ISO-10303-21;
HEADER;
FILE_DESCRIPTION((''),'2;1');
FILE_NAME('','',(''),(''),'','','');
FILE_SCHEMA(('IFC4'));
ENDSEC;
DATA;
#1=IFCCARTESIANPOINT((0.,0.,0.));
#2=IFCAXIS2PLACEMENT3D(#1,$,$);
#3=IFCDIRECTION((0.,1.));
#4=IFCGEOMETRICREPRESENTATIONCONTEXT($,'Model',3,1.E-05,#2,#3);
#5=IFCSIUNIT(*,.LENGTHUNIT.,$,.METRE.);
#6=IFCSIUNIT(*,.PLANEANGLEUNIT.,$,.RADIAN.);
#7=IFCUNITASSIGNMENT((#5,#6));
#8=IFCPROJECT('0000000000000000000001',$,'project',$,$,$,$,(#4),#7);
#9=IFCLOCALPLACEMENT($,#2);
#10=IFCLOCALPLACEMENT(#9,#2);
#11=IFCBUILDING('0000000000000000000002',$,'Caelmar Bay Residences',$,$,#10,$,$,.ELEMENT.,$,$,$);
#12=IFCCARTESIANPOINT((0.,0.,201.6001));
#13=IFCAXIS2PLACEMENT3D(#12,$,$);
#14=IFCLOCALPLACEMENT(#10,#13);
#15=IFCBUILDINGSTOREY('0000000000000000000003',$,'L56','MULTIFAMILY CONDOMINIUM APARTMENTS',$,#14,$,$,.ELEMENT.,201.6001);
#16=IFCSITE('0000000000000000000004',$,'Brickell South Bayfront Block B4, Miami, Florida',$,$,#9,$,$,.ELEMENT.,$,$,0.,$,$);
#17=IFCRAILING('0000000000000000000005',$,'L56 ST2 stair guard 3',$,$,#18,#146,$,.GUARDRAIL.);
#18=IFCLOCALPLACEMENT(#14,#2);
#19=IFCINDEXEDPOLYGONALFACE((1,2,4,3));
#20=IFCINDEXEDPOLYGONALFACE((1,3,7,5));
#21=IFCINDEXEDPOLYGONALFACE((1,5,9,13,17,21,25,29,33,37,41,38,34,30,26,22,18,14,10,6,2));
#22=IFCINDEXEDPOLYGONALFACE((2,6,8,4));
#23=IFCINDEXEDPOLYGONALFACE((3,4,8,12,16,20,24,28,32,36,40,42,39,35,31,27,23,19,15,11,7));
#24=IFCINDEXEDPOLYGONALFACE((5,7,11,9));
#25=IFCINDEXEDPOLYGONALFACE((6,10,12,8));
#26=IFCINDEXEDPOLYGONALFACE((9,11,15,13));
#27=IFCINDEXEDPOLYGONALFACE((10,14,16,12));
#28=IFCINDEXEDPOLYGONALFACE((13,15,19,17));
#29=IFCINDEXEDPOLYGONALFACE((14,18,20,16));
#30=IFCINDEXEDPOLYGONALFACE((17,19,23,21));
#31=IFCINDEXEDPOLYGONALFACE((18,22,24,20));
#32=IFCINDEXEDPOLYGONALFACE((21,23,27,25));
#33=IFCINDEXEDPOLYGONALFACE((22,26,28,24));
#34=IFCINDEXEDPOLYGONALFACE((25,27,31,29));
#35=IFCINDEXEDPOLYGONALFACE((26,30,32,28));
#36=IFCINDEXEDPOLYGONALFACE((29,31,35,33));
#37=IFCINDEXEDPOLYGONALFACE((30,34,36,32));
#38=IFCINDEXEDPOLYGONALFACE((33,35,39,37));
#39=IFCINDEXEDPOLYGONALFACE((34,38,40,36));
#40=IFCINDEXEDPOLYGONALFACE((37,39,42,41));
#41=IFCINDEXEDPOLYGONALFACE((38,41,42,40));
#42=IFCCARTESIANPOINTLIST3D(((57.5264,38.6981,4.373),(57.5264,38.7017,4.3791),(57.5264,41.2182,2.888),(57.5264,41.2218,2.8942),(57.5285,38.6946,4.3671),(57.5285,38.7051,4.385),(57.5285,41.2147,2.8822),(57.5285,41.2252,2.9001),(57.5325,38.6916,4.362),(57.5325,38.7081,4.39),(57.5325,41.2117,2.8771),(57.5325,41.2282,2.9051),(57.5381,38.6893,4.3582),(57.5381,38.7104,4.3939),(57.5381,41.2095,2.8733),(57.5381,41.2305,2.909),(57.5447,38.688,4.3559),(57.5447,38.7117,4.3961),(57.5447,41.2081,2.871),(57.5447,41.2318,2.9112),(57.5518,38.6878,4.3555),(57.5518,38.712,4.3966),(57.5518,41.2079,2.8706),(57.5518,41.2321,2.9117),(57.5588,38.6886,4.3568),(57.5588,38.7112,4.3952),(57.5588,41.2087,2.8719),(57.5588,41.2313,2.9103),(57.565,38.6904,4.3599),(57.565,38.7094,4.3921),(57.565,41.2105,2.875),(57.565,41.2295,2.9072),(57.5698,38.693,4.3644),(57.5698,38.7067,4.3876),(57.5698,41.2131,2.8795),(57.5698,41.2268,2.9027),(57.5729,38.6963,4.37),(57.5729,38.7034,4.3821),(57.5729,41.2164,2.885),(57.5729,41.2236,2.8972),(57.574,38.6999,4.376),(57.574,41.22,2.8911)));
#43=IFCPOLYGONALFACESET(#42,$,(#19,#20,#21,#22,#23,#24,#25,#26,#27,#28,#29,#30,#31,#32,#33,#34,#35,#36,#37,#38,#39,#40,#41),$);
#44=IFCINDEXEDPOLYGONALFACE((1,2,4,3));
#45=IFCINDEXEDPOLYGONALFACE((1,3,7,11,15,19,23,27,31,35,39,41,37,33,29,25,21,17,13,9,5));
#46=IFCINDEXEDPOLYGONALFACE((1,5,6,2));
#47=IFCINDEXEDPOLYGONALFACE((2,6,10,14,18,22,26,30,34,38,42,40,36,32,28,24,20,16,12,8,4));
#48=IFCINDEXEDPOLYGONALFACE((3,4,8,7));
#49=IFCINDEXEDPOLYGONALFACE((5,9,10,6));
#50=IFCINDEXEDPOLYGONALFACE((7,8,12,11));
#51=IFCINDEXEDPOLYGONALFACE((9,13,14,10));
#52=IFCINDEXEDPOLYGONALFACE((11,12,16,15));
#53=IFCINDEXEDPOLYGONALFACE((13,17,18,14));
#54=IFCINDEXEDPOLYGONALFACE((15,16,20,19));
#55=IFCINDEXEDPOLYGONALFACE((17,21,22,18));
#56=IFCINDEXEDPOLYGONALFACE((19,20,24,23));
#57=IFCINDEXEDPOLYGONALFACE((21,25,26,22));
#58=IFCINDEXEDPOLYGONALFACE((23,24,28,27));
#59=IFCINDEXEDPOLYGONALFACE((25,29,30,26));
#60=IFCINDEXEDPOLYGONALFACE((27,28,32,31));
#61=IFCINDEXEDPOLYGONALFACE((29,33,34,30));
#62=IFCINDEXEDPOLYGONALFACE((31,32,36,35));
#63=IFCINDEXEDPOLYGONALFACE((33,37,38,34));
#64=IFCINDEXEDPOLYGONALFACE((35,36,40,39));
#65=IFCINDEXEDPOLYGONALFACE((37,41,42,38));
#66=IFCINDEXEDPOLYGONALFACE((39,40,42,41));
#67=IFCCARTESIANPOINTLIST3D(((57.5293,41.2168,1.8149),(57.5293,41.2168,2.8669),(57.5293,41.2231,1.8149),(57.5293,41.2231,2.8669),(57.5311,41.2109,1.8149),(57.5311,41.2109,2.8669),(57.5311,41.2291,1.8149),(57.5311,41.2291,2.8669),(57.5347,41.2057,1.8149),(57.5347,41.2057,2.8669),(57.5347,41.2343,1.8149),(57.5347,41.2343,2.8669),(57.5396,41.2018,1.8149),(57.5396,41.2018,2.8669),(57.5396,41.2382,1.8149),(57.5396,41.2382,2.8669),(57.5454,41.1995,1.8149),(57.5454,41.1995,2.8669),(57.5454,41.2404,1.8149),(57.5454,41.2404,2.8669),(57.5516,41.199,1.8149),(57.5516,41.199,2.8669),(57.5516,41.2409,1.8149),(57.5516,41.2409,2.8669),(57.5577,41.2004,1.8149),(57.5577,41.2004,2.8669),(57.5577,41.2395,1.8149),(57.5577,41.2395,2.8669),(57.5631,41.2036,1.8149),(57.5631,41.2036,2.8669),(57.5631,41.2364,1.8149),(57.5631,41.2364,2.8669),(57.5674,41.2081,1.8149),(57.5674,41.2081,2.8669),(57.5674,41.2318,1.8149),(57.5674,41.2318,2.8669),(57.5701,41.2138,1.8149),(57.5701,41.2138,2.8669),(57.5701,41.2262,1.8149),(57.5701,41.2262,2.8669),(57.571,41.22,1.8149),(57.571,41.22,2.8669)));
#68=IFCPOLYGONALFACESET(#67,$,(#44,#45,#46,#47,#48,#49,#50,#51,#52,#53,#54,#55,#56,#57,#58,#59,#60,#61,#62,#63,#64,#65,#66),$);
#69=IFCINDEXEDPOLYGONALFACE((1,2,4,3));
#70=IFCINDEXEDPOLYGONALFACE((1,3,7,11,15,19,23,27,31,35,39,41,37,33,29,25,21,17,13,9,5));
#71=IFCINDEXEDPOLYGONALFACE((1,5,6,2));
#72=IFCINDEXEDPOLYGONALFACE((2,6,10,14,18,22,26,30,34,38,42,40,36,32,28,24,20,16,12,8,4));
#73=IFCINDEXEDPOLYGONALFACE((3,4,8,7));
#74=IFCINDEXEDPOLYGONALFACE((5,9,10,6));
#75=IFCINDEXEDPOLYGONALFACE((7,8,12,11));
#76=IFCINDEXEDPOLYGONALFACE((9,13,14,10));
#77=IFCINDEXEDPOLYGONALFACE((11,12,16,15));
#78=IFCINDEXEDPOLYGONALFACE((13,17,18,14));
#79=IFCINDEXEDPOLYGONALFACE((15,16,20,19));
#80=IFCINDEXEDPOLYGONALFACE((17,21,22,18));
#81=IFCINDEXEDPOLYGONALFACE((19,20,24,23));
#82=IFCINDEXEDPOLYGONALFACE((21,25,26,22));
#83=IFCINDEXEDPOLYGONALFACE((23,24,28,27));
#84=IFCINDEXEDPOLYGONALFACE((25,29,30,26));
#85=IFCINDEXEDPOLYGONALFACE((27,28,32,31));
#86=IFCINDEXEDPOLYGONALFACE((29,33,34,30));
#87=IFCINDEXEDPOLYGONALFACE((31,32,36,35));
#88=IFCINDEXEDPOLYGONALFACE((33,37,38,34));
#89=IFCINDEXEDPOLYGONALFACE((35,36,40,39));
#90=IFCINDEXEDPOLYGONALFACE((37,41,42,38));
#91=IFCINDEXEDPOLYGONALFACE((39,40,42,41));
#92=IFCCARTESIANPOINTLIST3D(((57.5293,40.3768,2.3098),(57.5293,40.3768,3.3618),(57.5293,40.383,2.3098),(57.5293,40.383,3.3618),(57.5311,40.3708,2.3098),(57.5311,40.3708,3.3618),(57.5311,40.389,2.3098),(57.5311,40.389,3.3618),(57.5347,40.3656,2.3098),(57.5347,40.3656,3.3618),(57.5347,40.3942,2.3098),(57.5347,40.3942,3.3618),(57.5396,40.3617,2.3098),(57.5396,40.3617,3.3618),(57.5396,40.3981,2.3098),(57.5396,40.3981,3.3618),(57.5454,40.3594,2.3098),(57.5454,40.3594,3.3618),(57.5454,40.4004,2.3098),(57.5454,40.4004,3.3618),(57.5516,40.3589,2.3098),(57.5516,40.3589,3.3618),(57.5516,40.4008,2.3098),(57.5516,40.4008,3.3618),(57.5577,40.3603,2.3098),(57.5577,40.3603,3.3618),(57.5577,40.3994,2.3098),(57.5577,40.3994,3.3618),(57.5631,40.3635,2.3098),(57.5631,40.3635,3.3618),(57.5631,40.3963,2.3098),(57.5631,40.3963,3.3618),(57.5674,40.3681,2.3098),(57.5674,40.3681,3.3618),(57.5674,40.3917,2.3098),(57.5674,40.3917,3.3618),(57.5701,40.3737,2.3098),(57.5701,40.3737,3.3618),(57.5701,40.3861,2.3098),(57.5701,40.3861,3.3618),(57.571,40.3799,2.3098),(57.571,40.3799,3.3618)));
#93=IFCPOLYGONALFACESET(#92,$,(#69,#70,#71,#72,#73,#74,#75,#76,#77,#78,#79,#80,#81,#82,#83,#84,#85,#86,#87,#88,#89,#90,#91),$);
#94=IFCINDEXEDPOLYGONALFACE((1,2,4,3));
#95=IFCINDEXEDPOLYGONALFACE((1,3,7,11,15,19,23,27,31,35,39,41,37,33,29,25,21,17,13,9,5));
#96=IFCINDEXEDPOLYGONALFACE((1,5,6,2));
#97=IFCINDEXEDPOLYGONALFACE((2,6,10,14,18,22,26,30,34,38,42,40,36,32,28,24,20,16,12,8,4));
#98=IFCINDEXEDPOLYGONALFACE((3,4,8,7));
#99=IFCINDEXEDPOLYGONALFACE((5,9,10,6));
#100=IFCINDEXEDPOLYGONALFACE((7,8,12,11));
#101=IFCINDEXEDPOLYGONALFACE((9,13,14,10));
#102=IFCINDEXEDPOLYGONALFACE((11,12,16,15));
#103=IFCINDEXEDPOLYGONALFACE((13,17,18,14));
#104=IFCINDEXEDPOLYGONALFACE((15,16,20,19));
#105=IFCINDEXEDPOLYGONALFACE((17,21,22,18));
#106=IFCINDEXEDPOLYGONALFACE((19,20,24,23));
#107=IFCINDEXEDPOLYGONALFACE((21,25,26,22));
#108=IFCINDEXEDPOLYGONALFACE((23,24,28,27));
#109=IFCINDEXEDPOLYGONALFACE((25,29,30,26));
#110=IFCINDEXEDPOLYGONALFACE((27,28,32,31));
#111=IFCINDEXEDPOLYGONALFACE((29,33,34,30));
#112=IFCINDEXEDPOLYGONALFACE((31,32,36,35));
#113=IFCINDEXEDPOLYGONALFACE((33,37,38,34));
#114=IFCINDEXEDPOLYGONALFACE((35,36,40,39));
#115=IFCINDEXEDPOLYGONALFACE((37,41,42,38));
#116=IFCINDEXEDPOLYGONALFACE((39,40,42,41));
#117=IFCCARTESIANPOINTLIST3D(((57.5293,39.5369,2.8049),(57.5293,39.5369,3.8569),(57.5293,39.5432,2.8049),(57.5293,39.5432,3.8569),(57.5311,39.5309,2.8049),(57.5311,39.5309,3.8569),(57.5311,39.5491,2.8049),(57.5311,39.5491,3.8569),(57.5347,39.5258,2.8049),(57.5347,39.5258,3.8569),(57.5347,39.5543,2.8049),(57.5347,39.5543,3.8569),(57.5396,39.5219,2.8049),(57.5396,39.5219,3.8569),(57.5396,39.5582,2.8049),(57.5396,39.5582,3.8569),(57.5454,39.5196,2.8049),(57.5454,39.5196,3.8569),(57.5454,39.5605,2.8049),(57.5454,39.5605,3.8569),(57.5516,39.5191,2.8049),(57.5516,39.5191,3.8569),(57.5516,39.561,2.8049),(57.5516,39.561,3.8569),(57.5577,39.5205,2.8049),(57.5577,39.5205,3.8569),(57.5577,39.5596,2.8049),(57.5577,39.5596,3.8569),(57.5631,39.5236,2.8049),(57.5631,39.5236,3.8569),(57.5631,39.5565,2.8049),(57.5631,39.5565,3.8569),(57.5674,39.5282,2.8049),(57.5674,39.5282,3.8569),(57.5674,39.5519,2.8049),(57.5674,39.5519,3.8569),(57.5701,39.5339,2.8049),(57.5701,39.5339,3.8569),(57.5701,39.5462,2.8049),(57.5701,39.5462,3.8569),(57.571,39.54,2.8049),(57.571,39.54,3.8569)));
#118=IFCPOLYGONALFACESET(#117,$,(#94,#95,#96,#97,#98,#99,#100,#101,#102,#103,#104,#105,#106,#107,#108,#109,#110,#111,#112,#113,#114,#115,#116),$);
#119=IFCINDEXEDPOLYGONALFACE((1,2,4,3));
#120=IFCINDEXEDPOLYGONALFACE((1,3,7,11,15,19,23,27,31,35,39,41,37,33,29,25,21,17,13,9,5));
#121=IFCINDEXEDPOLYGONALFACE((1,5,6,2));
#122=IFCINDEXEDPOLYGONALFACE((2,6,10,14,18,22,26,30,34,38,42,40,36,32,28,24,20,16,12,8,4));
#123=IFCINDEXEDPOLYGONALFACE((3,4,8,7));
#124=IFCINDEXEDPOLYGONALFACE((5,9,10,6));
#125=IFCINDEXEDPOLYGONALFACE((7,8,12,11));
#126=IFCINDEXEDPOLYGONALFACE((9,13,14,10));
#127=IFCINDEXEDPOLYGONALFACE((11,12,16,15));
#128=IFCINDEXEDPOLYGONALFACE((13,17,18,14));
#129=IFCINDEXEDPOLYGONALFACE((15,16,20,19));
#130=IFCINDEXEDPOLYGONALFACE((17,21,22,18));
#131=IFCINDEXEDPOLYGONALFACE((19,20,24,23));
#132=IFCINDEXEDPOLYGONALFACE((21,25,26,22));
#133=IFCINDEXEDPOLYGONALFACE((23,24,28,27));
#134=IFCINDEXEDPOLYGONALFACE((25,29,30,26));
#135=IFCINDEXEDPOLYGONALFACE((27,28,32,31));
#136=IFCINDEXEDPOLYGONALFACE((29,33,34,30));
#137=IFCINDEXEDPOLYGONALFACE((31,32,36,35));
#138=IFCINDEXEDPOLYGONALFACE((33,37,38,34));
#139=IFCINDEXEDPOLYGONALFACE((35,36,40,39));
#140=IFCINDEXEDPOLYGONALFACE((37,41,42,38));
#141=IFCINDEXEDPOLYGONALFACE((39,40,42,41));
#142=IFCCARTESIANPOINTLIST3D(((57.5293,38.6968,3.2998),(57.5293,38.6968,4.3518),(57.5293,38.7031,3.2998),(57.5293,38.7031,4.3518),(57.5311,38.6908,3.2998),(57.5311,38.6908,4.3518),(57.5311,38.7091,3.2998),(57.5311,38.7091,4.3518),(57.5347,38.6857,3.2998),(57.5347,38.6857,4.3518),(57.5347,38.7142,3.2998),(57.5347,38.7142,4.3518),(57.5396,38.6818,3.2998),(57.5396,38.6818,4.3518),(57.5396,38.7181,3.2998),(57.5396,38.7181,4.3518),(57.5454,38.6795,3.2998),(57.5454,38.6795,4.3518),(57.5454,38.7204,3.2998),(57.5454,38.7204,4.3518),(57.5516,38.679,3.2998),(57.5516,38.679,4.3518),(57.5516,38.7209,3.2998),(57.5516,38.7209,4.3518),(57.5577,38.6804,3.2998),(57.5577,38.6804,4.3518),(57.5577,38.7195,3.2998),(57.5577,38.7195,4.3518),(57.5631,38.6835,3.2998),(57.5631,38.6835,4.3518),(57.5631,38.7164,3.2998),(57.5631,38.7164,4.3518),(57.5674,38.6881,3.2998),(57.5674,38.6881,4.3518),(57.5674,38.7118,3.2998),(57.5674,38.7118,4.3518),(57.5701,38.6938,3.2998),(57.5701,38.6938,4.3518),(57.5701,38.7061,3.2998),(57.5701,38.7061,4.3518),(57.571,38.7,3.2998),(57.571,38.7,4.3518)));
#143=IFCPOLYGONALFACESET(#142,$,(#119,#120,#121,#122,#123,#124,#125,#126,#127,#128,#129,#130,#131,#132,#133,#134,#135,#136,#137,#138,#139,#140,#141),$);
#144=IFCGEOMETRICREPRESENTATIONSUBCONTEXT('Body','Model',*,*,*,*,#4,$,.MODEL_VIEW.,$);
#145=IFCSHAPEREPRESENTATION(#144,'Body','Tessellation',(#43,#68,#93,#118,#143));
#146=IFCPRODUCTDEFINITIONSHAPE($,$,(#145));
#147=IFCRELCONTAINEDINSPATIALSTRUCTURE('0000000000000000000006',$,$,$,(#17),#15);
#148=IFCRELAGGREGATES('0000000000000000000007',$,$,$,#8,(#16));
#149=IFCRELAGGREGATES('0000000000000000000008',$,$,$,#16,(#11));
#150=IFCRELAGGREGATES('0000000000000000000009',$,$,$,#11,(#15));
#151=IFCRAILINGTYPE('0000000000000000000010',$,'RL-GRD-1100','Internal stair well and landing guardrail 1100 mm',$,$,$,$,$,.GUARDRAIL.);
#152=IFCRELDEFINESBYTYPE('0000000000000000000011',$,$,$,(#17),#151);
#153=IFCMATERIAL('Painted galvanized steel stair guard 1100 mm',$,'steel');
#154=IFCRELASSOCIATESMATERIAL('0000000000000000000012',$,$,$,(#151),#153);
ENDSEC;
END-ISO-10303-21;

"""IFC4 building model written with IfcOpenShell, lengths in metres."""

from ifc_helpers import new_model, si_unit, direction, frame, origin, origin_2d, place, context, subcontext, project, spatial, circle, extrude, material, type_object, element, save


model = new_model("IFC4")

# Units and contexts
model_context = context("Model", 3, precision=1e-05, world=origin(), true_north=direction((0.0, 1.0)))
body_context = subcontext(model_context, "Body", "Model", "MODEL_VIEW")
ifc_project = project(units=[si_unit("LENGTHUNIT", "METRE"), si_unit("PLANEANGLEUNIT", "RADIAN")], contexts=[model_context])

# Site, building, storey
site_placement = place(None, origin())
site = spatial("IfcSite", under=ifc_project, at=site_placement, Name="Brickell South Bayfront Block B4, Miami, Florida", CompositionType="ELEMENT", RefElevation=0.0)
building_placement = place(site_placement, origin())
building = spatial("IfcBuilding", under=site, at=building_placement, Name="Caelmar Bay Residences", CompositionType="ELEMENT")
storey_placement = place(building_placement, frame((0.0, 0.0, 201.6001)))
storey = spatial("IfcBuildingStorey", under=building, at=storey_placement, Name="L56", Description="MULTIFAMILY CONDOMINIUM APARTMENTS", CompositionType="ELEMENT", Elevation=201.6001)

# Railing
ifc_material_1 = material(Name="Painted galvanized steel stair guard 1100 mm", Category="steel")
railing_type_1 = type_object("IfcRailingType", Name="RL-GRD-1100", Description="Internal stair well and landing guardrail 1100 mm", PredefinedType="GUARDRAIL", material=ifc_material_1)
railing_1_placement = place(storey_placement, frame((57.55, 41.22, 1.8149)))
element("IfcRailing", 1, at=railing_1_placement, inside=storey, type_object=railing_type_1, Name="L56 ST2 stair guard 3", PredefinedType="GUARDRAIL", context=body_context, shape_type="SweptSolid", body=[
    extrude(circle(Radius=0.0239, at=origin_2d()), frame((0.0, 0.0, 1.0762), z_axis=(0.0, -0.861561, 0.507655), x_axis=(1.0, 0.0, 0.0)), (0.0, 0.0, 1.0), 2.925),
    extrude(circle(Radius=0.021, at=origin_2d()), origin(), (0.0, 0.0, 1.0), 1.052),
    extrude(circle(Radius=0.021, at=origin_2d()), frame((0.0, -0.8401, 0.4949)), (0.0, 0.0, 1.0), 1.052),
    extrude(circle(Radius=0.021, at=origin_2d()), frame((0.0, -1.6799, 0.99)), (0.0, 0.0, 1.0), 1.052),
    extrude(circle(Radius=0.021, at=origin_2d()), frame((0.0, -2.52, 1.4849)), (0.0, 0.0, 1.0), 1.052),
])

save(model, "model.ifc")
